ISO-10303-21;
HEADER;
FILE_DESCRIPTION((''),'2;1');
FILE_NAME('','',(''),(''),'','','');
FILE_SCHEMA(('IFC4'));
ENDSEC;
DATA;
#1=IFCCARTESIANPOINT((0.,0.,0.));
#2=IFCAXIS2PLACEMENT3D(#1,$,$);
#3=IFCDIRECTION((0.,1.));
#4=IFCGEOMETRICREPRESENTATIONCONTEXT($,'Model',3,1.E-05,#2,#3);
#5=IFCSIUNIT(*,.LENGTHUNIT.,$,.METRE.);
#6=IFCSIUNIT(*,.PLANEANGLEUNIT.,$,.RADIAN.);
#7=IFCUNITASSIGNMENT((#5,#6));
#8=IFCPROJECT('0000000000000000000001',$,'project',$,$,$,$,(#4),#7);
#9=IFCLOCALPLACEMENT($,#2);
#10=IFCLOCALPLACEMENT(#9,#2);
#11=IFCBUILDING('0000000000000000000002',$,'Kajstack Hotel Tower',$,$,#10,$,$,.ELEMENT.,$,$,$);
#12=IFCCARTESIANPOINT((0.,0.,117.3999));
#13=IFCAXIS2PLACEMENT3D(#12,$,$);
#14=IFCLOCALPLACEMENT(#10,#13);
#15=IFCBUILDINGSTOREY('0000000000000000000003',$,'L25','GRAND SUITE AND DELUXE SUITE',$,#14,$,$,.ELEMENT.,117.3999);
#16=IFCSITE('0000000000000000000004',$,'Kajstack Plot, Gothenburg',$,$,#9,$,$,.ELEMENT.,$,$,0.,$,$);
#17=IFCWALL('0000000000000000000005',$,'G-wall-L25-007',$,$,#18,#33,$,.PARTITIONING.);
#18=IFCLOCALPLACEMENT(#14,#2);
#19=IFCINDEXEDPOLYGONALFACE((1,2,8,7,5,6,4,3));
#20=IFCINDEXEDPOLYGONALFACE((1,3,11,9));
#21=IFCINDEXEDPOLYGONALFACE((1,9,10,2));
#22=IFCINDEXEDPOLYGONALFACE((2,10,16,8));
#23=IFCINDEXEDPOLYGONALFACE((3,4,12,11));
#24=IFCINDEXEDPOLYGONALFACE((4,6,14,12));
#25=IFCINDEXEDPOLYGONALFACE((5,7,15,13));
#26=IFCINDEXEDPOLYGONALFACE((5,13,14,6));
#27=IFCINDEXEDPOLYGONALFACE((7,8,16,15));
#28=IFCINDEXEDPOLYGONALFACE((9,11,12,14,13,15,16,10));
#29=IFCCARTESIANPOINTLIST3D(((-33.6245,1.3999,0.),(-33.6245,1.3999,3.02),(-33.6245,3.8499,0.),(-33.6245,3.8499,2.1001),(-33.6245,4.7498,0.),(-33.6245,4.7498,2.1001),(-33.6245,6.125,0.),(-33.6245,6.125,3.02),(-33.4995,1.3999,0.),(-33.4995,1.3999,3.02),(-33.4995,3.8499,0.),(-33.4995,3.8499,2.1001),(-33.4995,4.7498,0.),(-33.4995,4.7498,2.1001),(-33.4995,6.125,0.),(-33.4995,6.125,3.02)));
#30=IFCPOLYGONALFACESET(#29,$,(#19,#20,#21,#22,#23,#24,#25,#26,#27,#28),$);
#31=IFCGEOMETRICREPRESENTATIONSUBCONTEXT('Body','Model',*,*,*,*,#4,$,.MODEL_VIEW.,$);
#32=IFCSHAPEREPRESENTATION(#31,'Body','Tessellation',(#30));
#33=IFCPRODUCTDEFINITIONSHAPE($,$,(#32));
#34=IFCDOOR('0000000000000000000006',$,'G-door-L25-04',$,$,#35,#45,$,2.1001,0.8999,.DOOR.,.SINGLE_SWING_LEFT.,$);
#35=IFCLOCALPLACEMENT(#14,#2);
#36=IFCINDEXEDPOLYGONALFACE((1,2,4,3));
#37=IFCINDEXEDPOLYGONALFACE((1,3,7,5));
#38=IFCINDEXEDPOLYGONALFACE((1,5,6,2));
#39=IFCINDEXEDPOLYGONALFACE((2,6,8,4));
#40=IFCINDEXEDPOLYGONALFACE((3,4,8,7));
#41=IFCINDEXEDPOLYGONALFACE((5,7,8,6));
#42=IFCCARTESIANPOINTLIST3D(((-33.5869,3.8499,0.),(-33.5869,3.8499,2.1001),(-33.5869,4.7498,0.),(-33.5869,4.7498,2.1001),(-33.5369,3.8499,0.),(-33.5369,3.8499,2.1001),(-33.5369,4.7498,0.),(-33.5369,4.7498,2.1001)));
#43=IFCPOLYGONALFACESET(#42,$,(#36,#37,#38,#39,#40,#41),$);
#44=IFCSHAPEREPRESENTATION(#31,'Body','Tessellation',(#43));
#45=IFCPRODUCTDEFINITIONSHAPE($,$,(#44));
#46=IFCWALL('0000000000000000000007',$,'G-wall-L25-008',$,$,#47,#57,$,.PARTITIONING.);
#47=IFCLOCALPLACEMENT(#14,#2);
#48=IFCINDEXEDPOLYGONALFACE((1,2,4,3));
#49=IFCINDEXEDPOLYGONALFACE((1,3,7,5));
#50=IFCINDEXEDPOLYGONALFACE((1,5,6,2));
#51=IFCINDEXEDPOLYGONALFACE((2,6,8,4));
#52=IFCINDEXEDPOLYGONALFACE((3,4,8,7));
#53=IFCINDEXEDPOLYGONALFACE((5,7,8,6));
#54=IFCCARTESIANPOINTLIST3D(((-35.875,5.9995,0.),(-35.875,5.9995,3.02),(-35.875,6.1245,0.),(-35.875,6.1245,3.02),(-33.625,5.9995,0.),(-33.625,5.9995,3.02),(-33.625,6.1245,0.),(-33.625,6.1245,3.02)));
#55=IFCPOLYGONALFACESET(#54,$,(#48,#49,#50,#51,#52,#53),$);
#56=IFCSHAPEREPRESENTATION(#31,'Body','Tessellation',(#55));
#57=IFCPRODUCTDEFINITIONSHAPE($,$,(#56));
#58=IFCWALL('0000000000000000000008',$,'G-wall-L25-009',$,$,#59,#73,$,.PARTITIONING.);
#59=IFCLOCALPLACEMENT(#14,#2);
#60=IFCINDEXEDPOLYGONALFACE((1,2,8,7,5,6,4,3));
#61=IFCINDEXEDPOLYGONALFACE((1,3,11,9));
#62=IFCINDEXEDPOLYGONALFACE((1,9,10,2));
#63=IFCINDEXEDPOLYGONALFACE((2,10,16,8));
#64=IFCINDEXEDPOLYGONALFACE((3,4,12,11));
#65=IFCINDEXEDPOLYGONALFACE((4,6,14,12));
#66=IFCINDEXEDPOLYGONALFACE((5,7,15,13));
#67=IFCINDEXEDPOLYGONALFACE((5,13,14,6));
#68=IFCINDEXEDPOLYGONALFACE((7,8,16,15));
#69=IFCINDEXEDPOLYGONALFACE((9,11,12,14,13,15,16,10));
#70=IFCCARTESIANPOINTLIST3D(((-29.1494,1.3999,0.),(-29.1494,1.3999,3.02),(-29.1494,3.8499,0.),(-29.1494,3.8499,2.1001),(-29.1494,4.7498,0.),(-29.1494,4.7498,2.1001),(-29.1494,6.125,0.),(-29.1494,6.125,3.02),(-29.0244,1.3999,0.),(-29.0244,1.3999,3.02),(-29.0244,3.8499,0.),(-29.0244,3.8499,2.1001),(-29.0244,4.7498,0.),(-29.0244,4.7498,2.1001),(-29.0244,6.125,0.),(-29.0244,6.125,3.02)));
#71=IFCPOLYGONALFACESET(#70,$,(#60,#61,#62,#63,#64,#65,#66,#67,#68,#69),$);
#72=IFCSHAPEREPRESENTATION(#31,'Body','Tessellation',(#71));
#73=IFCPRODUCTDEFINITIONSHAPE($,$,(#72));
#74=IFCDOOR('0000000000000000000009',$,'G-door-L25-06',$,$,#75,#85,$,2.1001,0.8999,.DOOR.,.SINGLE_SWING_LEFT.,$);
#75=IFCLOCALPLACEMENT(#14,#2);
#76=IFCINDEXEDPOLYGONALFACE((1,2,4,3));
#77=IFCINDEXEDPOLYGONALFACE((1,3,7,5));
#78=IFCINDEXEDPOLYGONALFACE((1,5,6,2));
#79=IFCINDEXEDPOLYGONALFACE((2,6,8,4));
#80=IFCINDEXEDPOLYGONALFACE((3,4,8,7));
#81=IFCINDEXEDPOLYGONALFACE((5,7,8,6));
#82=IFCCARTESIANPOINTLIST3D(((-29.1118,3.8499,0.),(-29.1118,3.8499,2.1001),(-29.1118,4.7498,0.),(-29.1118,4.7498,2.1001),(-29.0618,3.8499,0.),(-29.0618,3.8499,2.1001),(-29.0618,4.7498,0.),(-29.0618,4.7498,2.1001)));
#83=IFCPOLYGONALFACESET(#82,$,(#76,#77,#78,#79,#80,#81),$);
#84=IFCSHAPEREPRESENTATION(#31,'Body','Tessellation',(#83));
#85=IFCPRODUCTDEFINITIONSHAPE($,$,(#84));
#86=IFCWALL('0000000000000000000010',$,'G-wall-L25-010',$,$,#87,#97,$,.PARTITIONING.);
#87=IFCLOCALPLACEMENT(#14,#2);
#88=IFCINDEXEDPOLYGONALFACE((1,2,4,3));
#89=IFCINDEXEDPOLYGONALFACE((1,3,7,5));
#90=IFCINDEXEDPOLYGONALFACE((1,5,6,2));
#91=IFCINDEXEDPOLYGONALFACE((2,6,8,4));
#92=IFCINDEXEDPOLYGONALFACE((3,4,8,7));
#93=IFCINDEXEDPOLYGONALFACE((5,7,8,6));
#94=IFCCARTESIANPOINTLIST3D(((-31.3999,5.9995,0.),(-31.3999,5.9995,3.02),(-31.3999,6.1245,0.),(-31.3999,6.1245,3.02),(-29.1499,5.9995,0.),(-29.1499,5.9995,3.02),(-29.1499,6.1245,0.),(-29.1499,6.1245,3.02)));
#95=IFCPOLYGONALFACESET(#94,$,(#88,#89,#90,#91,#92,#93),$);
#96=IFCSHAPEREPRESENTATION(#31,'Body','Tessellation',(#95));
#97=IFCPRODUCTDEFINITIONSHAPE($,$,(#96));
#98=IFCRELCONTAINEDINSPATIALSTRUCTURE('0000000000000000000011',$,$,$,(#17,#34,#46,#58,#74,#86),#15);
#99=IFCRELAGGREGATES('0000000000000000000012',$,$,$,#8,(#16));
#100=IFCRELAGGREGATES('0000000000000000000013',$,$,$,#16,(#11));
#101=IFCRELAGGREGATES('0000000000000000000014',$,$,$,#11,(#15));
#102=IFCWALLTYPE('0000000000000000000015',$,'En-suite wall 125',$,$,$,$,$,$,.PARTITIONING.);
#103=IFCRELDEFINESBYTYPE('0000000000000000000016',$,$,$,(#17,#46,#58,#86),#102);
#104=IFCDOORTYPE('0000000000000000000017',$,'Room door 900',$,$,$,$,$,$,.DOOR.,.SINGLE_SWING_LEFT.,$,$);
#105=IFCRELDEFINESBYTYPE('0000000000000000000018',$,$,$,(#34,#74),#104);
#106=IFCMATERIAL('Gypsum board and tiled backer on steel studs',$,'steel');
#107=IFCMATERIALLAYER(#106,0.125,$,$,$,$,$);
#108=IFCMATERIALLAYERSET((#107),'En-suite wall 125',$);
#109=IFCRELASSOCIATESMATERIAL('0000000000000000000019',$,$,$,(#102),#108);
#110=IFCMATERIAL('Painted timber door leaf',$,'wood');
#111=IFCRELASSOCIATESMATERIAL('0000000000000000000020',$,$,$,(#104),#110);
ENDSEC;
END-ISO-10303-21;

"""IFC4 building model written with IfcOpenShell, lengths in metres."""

from ifc_helpers import new_model, si_unit, direction, frame, frame_2d, origin, place, context, subcontext, project, spatial, rectangle, extrude, material, layer, layer_set, type_object, element, fill, save


model = new_model("IFC4")

# Units and contexts
model_context = context("Model", 3, precision=1e-05, world=origin(), true_north=direction((0.0, 1.0)))
body_context = subcontext(model_context, "Body", "Model", "MODEL_VIEW")
ifc_project = project(units=[si_unit("LENGTHUNIT", "METRE"), si_unit("PLANEANGLEUNIT", "RADIAN")], contexts=[model_context])

# Site, building, storey
site_placement = place(None, origin())
site = spatial("IfcSite", under=ifc_project, at=site_placement, Name="Kajstack Plot, Gothenburg", CompositionType="ELEMENT", RefElevation=0.0)
building_placement = place(site_placement, origin())
building = spatial("IfcBuilding", under=site, at=building_placement, Name="Kajstack Hotel Tower", CompositionType="ELEMENT")
storey_placement = place(building_placement, frame((0.0, 0.0, 117.3999)))
storey = spatial("IfcBuildingStorey", under=building, at=storey_placement, Name="L25", Description="GRAND SUITE AND DELUXE SUITE", CompositionType="ELEMENT", Elevation=117.3999)

# Shared definitions
ifc_material_1 = material(Name="Gypsum board and tiled backer on steel studs", Category="steel")
ifc_layer_1 = layer(ifc_material_1, 0.125)
ifc_layer_set_1 = layer_set([ifc_layer_1], Name="En-suite wall 125")
wall_type_1 = type_object("IfcWallType", Name="En-suite wall 125", PredefinedType="PARTITIONING", material=ifc_layer_set_1)

# Wall, opening, door
wall_1_placement = place(storey_placement, frame((-33.562, 1.3999, 0.0), z_axis=(0.0, 0.0, 1.0), x_axis=(0.0, 1.0, 0.0)))
wall_1 = element("IfcWall", 1, at=wall_1_placement, inside=storey, type_object=wall_type_1, Name="G-wall-L25-007", PredefinedType="PARTITIONING", context=body_context, shape_type="SweptSolid", body=[
    extrude(rectangle(XDim=4.7251, YDim=0.125, at=frame_2d((2.3625, 0.0))), origin(), (0.0, 0.0, 1.0), 3.02),
])
opening_1_placement = place(wall_1_placement, frame((2.45, 0.0, 0.0)))
opening_1 = element("IfcOpeningElement", 2, at=opening_1_placement, cuts=wall_1, PredefinedType="OPENING", context=body_context, shape_type="SweptSolid", body=[
    extrude(rectangle(XDim=0.8999, YDim=2.1001, at=frame_2d((0.45, 1.05))), frame((0.0, 0.0725, 0.0), z_axis=(0.0, -1.0, 0.0), x_axis=(1.0, 0.0, 0.0)), (0.0, 0.0, 1.0), 0.145),
])
ifc_material_2 = material(Name="Painted timber door leaf", Category="wood")
door_type = type_object("IfcDoorType", Name="Room door 900", OperationType="SINGLE_SWING_LEFT", PredefinedType="DOOR", material=ifc_material_2)
door_1_placement = place(opening_1_placement, origin())
door_1 = element("IfcDoor", 3, at=door_1_placement, inside=storey, type_object=door_type, Name="G-door-L25-04", OperationType="SINGLE_SWING_LEFT", OverallHeight=2.1001, OverallWidth=0.8999, PredefinedType="DOOR", context=body_context, shape_type="SweptSolid", body=[
    extrude(rectangle(XDim=0.8999, YDim=2.1001, at=frame_2d((0.45, 1.05))), frame((0.0, 0.0249, 0.0), z_axis=(0.0, -1.0, 0.0), x_axis=(1.0, 0.0, 0.0)), (0.0, 0.0, 1.0), 0.05),
])
fill(opening_1, door_1)

# Wall
wall_2_placement = place(storey_placement, frame((-35.875, 6.062, 0.0), z_axis=(0.0, 0.0, 1.0), x_axis=(1.0, 0.0, 0.0)))
element("IfcWall", 4, at=wall_2_placement, inside=storey, type_object=wall_type_1, Name="G-wall-L25-008", PredefinedType="PARTITIONING", context=body_context, shape_type="SweptSolid", body=[
    extrude(rectangle(XDim=2.25, YDim=0.125, at=frame_2d((1.125, 0.0))), origin(), (0.0, 0.0, 1.0), 3.02),
])

# Wall, opening, door
wall_3_placement = place(storey_placement, frame((-29.0869, 1.3999, 0.0), z_axis=(0.0, 0.0, 1.0), x_axis=(0.0, 1.0, 0.0)))
wall_3 = element("IfcWall", 5, at=wall_3_placement, inside=storey, type_object=wall_type_1, Name="G-wall-L25-009", PredefinedType="PARTITIONING", context=body_context, shape_type="SweptSolid", body=[
    extrude(rectangle(XDim=4.7251, YDim=0.125, at=frame_2d((2.3625, 0.0))), origin(), (0.0, 0.0, 1.0), 3.02),
])
opening_2_placement = place(wall_3_placement, frame((2.45, 0.0, 0.0)))
opening_2 = element("IfcOpeningElement", 6, at=opening_2_placement, cuts=wall_3, PredefinedType="OPENING", context=body_context, shape_type="SweptSolid", body=[
    extrude(rectangle(XDim=0.8999, YDim=2.1001, at=frame_2d((0.45, 1.05))), frame((0.0, 0.0725, 0.0), z_axis=(0.0, -1.0, 0.0), x_axis=(1.0, 0.0, 0.0)), (0.0, 0.0, 1.0), 0.145),
])
door_2_placement = place(opening_2_placement, origin())
door_2 = element("IfcDoor", 7, at=door_2_placement, inside=storey, type_object=door_type, Name="G-door-L25-06", OperationType="SINGLE_SWING_LEFT", OverallHeight=2.1001, OverallWidth=0.8999, PredefinedType="DOOR", context=body_context, shape_type="SweptSolid", body=[
    extrude(rectangle(XDim=0.8999, YDim=2.1001, at=frame_2d((0.45, 1.05))), frame((0.0, 0.0249, 0.0), z_axis=(0.0, -1.0, 0.0), x_axis=(1.0, 0.0, 0.0)), (0.0, 0.0, 1.0), 0.05),
])
fill(opening_2, door_2)

# Wall
wall_4_placement = place(storey_placement, frame((-31.3999, 6.062, 0.0), z_axis=(0.0, 0.0, 1.0), x_axis=(1.0, 0.0, 0.0)))
element("IfcWall", 8, at=wall_4_placement, inside=storey, type_object=wall_type_1, Name="G-wall-L25-010", PredefinedType="PARTITIONING", context=body_context, shape_type="SweptSolid", body=[
    extrude(rectangle(XDim=2.25, YDim=0.125, at=frame_2d((1.125, 0.0))), origin(), (0.0, 0.0, 1.0), 3.02),
])

save(model, "model.ifc")
